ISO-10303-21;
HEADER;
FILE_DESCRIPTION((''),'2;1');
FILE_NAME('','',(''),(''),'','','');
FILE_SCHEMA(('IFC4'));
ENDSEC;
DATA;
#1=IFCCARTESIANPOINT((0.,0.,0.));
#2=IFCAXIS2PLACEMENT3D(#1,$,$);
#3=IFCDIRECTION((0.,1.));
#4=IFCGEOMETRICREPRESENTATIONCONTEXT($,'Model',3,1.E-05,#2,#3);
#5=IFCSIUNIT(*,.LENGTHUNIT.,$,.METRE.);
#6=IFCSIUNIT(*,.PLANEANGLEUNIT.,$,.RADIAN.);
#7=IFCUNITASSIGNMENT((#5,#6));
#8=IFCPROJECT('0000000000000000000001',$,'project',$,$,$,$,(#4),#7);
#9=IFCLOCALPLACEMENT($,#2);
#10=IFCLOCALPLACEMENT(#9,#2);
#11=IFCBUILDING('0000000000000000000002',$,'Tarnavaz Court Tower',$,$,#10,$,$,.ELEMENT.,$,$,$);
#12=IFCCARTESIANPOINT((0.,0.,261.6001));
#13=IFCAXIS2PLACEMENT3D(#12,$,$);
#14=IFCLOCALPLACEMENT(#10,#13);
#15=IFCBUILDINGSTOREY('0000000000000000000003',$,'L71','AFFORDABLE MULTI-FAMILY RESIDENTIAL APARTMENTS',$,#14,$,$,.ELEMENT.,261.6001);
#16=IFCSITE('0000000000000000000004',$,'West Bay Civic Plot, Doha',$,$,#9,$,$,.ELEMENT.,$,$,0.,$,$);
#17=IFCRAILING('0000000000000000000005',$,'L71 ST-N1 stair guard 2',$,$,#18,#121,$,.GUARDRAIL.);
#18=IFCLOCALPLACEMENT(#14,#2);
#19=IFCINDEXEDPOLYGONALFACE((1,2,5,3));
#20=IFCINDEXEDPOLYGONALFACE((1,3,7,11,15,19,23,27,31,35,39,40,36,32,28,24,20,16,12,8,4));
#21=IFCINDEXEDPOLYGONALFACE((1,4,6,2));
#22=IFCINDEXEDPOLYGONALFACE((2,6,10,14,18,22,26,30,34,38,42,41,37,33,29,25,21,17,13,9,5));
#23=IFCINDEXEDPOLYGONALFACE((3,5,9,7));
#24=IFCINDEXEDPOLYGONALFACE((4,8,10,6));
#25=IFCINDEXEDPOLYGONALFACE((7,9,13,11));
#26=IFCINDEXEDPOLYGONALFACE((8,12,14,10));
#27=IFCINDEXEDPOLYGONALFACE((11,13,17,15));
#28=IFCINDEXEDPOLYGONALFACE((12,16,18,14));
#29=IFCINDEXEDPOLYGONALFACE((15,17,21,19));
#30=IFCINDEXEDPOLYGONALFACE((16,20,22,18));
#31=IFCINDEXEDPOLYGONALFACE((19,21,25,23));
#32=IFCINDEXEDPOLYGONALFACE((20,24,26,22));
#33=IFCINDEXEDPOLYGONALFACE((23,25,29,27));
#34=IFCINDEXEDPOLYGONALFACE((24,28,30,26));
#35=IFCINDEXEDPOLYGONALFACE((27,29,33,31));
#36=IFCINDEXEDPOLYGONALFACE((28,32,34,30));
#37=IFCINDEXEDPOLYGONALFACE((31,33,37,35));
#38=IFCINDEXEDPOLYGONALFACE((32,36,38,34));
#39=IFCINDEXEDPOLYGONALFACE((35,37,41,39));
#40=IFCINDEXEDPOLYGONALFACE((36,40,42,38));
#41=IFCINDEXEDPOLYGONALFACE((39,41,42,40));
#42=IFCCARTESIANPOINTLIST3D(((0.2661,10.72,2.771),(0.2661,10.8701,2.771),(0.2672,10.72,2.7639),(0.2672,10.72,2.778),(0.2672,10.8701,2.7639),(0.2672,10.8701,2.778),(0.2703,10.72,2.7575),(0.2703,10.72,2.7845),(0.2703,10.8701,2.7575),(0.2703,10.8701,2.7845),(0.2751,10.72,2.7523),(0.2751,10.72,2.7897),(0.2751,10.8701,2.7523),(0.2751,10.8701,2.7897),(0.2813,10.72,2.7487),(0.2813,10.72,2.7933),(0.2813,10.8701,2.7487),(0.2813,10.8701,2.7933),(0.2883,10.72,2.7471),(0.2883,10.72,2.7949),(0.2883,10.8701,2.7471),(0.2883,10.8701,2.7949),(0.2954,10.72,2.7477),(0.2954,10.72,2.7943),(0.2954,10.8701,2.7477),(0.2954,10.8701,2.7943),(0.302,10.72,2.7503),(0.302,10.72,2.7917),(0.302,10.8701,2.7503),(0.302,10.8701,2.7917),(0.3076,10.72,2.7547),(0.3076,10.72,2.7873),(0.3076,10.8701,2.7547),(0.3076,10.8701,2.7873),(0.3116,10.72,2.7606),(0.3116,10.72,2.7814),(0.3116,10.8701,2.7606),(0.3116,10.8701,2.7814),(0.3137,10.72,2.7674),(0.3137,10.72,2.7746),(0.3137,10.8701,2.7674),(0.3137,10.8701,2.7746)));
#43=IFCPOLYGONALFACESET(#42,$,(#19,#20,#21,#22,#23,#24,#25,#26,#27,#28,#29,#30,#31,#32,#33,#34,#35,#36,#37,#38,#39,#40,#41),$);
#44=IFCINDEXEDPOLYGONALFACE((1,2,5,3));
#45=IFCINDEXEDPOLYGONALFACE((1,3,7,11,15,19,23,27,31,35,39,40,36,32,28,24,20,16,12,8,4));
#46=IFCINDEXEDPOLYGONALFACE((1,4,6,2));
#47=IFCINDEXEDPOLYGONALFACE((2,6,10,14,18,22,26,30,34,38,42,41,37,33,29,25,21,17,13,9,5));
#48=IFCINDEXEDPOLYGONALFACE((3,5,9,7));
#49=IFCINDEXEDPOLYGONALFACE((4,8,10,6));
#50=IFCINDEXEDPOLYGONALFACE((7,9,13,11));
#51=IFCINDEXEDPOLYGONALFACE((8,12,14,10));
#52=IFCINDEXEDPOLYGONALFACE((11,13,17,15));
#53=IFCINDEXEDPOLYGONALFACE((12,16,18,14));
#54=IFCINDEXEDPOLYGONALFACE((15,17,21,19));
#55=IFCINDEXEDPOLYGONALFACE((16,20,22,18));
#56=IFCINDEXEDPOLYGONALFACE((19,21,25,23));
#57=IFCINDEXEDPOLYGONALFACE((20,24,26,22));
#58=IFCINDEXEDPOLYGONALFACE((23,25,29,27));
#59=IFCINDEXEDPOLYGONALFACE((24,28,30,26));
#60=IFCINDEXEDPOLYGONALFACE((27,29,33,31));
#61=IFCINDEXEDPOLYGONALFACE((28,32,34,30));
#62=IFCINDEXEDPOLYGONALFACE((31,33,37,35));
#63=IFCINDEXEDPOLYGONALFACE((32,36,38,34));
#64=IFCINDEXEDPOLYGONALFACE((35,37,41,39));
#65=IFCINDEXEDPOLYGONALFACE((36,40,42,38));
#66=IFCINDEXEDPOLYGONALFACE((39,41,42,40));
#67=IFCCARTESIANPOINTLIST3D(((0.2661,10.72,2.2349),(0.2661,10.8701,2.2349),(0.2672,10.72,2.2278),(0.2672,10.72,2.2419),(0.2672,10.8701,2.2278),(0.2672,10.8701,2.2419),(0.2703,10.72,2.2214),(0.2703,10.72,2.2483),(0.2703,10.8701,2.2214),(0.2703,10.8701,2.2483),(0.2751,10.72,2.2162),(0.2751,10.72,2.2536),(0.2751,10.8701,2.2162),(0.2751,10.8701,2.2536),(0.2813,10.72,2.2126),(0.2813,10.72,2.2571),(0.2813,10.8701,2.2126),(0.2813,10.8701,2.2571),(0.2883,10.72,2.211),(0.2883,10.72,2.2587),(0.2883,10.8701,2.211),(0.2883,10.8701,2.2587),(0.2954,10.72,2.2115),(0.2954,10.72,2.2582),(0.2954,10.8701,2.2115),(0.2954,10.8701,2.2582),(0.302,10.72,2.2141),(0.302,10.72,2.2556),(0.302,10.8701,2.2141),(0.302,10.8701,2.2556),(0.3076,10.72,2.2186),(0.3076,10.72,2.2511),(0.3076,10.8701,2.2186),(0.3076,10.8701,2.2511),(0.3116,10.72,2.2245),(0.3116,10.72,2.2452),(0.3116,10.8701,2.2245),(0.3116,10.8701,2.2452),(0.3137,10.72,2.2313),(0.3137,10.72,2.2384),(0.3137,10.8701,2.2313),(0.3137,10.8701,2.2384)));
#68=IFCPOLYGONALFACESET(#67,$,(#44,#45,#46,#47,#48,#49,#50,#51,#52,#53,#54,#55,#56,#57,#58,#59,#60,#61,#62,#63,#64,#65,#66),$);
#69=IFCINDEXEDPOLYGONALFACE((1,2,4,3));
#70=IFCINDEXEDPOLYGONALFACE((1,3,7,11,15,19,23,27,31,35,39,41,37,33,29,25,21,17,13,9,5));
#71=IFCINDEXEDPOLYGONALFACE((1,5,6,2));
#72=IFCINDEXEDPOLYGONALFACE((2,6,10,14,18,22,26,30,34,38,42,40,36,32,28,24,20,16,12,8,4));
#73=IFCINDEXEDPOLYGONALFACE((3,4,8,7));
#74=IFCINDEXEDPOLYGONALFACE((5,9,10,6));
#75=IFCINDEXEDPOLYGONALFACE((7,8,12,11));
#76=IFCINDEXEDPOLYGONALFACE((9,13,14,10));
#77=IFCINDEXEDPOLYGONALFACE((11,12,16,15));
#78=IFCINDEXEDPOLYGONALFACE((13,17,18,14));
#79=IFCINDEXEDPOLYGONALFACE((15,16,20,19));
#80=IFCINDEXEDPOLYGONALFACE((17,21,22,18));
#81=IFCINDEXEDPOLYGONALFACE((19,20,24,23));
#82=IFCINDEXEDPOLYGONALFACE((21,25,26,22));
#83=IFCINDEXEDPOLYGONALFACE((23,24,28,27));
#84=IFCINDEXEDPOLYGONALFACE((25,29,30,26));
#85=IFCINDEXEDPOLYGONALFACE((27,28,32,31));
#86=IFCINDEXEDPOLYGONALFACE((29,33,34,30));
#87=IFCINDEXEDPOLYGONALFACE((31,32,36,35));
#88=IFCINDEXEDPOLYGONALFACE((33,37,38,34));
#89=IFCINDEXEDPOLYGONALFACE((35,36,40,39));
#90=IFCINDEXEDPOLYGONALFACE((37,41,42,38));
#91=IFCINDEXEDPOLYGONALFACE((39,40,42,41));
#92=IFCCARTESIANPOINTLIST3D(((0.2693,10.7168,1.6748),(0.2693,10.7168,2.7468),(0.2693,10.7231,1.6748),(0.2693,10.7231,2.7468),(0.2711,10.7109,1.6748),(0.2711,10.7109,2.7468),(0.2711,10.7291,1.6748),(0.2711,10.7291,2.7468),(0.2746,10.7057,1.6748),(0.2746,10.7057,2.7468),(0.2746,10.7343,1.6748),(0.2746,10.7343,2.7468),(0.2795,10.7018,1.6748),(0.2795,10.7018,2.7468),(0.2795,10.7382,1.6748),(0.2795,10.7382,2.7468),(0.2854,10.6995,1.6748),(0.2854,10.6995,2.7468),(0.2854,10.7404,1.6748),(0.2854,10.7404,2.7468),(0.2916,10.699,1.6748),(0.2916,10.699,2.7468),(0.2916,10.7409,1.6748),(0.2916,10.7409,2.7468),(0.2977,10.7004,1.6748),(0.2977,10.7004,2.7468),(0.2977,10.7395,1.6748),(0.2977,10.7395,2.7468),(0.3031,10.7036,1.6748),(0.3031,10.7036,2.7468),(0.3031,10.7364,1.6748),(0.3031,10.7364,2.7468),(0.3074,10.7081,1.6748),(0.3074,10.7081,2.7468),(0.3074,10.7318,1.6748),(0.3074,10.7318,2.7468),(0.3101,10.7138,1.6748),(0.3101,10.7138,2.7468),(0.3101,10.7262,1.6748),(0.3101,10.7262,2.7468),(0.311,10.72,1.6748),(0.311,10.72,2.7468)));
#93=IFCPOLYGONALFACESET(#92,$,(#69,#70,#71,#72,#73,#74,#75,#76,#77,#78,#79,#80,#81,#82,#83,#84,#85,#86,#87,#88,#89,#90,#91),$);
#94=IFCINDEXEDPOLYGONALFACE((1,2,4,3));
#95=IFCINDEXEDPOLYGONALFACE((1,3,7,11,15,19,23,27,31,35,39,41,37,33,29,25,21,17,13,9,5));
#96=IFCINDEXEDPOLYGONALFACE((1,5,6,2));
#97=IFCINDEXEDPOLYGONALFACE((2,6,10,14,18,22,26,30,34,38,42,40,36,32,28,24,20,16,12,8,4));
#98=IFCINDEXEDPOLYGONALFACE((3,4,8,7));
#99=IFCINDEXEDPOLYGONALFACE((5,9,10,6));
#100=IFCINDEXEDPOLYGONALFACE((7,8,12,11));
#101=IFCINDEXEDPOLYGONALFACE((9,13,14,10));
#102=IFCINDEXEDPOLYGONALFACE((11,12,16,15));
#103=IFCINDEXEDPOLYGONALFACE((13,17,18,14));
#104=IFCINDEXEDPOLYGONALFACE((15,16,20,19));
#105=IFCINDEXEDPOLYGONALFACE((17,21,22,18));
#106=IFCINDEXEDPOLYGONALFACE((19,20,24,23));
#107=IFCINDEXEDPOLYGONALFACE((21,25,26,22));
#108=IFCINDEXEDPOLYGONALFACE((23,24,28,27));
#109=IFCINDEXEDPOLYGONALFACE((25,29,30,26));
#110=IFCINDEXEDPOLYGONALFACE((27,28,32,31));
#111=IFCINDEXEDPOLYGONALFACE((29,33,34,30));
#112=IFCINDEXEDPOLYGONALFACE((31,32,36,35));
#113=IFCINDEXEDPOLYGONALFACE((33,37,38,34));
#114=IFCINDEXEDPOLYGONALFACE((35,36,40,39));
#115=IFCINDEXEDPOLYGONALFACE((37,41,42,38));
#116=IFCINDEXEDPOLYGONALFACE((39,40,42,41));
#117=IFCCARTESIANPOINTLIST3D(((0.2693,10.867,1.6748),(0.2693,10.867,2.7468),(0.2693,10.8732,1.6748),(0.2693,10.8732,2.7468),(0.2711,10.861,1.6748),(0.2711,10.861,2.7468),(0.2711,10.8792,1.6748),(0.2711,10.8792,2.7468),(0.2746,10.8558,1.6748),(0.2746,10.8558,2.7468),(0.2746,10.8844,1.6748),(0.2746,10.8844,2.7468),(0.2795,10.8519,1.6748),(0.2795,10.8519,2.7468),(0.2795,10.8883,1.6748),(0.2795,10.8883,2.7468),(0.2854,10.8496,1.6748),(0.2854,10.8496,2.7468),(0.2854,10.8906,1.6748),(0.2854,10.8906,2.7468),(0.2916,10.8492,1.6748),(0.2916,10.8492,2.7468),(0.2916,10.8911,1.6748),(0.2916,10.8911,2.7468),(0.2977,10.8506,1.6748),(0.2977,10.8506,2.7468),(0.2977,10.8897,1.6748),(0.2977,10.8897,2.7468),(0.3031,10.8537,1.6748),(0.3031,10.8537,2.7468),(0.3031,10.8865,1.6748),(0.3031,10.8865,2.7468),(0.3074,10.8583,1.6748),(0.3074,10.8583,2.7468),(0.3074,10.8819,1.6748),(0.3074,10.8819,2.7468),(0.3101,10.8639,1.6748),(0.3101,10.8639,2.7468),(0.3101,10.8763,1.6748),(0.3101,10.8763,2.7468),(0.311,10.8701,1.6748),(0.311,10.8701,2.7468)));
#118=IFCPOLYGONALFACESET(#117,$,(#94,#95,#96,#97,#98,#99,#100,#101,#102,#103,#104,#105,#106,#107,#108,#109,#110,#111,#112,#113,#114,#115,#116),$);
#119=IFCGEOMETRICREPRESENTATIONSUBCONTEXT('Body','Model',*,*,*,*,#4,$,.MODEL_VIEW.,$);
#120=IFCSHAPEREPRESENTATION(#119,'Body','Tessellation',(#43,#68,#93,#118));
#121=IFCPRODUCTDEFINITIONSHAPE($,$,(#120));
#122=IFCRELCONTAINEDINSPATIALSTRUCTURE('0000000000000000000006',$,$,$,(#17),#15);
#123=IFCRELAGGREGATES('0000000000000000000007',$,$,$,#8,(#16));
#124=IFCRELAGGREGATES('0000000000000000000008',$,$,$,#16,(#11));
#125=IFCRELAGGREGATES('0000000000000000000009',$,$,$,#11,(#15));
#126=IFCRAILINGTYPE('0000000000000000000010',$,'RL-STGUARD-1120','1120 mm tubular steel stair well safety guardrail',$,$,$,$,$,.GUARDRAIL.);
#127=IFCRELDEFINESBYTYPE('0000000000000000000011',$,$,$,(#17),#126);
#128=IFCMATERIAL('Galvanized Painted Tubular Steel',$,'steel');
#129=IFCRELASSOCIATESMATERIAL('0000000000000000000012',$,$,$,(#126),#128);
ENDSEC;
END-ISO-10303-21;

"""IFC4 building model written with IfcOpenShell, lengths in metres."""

from ifc_helpers import new_model, si_unit, direction, frame, origin, origin_2d, place, context, subcontext, project, spatial, circle, extrude, material, type_object, element, save


model = new_model("IFC4")

# Units and contexts
model_context = context("Model", 3, precision=1e-05, world=origin(), true_north=direction((0.0, 1.0)))
body_context = subcontext(model_context, "Body", "Model", "MODEL_VIEW")
ifc_project = project(units=[si_unit("LENGTHUNIT", "METRE"), si_unit("PLANEANGLEUNIT", "RADIAN")], contexts=[model_context])

# Site, building, storey
site_placement = place(None, origin())
site = spatial("IfcSite", under=ifc_project, at=site_placement, Name="West Bay Civic Plot, Doha", CompositionType="ELEMENT", RefElevation=0.0)
building_placement = place(site_placement, origin())
building = spatial("IfcBuilding", under=site, at=building_placement, Name="Tarnavaz Court Tower", CompositionType="ELEMENT")
storey_placement = place(building_placement, frame((0.0, 0.0, 261.6001)))
storey = spatial("IfcBuildingStorey", under=building, at=storey_placement, Name="L71", Description="AFFORDABLE MULTI-FAMILY RESIDENTIAL APARTMENTS", CompositionType="ELEMENT", Elevation=261.6001)

# Railing
ifc_material_1 = material(Name="Galvanized Painted Tubular Steel", Category="steel")
railing_type_1 = type_object("IfcRailingType", Name="RL-STGUARD-1120", Description="1120 mm tubular steel stair well safety guardrail", PredefinedType="GUARDRAIL", material=ifc_material_1)
railing_1_placement = place(storey_placement, frame((0.29, 10.72, 1.6748)))
element("IfcRailing", 1, at=railing_1_placement, inside=storey, type_object=railing_type_1, Name="L71 ST-N1 stair guard 2", PredefinedType="GUARDRAIL", context=body_context, shape_type="SweptSolid", body=[
    extrude(circle(Radius=0.0239, at=origin_2d()), frame((0.0, 0.0, 1.0962), z_axis=(0.0, 1.0, 0.0), x_axis=(-1.0, 0.0, 0.0)), (0.0, 0.0, 1.0), 0.1501),
    extrude(circle(Radius=0.0239, at=origin_2d()), frame((0.0, 0.0, 0.5601), z_axis=(0.0, 1.0, 0.0), x_axis=(-1.0, 0.0, 0.0)), (0.0, 0.0, 1.0), 0.1501),
    extrude(circle(Radius=0.021, at=origin_2d()), origin(), (0.0, 0.0, 1.0), 1.072),
    extrude(circle(Radius=0.021, at=origin_2d()), frame((0.0, 0.1501, 0.0)), (0.0, 0.0, 1.0), 1.072),
])

save(model, "model.ifc")
